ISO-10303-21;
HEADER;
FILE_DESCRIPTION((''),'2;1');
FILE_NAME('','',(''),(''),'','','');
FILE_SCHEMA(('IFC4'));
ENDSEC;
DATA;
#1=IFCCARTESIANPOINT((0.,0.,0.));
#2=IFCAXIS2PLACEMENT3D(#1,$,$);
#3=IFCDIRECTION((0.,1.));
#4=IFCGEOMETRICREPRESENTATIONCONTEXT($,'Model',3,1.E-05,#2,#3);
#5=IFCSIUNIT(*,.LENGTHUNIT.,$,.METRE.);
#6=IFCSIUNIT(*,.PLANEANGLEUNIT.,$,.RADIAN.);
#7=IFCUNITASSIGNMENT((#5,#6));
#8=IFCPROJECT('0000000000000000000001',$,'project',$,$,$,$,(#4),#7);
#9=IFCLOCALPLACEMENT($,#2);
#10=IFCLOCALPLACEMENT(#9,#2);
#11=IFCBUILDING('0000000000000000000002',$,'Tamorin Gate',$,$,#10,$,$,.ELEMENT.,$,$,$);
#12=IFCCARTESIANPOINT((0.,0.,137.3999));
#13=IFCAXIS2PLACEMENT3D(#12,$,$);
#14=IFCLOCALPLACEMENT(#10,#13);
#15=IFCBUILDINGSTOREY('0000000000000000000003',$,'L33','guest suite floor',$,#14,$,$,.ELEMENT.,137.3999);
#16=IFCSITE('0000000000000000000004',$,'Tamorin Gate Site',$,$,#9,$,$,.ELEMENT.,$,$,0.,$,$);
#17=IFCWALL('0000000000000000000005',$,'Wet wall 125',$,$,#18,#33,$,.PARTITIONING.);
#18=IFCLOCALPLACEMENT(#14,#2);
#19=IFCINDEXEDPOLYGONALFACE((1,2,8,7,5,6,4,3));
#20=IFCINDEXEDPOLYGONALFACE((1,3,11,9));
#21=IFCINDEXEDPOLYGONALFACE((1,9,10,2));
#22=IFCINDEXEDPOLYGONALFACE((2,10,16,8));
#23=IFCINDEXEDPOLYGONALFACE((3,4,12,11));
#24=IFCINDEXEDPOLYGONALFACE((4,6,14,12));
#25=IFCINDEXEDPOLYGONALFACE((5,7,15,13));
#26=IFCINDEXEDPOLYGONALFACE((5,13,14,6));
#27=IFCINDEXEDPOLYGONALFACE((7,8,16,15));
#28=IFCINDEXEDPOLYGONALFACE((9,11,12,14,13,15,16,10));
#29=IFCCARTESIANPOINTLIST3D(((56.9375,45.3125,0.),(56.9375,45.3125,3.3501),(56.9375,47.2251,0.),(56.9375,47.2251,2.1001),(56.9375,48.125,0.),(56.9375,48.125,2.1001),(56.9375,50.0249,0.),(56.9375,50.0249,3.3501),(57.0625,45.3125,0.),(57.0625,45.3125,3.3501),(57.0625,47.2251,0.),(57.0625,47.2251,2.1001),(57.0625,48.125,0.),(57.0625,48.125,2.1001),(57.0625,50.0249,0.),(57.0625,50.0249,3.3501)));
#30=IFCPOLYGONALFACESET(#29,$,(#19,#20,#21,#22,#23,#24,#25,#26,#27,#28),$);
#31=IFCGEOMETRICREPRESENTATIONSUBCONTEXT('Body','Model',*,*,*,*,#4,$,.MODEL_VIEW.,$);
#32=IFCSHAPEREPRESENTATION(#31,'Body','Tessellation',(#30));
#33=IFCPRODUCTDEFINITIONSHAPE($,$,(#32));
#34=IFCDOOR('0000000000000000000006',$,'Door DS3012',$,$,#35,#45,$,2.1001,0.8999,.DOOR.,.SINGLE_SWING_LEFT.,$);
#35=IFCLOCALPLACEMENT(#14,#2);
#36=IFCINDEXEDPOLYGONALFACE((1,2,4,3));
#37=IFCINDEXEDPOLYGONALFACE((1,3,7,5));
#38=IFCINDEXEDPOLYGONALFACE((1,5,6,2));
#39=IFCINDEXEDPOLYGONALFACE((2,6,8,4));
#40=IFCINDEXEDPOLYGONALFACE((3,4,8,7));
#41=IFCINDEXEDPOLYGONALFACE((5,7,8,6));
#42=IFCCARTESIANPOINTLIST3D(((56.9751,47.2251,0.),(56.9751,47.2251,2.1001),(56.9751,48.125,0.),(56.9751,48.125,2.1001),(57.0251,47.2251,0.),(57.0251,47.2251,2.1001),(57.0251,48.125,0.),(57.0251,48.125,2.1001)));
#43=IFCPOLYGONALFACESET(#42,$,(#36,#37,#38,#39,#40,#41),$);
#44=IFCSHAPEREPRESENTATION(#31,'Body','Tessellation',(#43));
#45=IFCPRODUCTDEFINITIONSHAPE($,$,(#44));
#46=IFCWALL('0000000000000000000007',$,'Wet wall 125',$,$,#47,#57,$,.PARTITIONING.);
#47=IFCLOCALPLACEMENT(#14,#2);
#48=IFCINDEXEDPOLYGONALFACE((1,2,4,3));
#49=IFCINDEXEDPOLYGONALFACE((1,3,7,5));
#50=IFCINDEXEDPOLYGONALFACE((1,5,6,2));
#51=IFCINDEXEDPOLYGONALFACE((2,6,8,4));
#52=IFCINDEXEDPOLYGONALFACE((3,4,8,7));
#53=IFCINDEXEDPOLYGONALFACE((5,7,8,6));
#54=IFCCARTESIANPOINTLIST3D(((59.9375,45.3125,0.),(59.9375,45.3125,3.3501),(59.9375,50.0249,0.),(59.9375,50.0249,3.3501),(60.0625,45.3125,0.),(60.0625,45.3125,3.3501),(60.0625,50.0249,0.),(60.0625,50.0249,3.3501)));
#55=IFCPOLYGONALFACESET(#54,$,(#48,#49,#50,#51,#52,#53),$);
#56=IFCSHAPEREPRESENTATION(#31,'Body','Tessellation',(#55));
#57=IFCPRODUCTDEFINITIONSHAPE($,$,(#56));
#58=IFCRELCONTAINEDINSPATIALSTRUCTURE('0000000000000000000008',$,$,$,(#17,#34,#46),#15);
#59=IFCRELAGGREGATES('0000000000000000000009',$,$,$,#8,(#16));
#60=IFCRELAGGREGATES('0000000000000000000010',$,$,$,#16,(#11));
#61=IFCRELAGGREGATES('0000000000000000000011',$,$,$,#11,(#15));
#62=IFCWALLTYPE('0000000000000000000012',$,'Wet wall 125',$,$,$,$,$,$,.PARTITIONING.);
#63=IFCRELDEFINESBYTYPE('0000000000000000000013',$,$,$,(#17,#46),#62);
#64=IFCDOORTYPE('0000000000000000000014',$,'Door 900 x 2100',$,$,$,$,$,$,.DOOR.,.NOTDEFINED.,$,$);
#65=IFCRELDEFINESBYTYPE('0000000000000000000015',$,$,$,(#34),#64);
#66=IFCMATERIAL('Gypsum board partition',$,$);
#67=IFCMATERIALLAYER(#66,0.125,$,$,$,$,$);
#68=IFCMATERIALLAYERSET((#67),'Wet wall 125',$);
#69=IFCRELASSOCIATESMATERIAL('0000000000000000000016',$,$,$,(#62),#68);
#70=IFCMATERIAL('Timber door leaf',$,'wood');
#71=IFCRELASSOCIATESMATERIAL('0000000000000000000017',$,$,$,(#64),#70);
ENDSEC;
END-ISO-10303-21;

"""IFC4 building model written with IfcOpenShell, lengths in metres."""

from ifc_helpers import new_model, si_unit, direction, frame, frame_2d, origin, place, context, subcontext, project, spatial, rectangle, extrude, material, layer, layer_set, type_object, element, fill, save


model = new_model("IFC4")

# Units and contexts
model_context = context("Model", 3, precision=1e-05, world=origin(), true_north=direction((0.0, 1.0)))
body_context = subcontext(model_context, "Body", "Model", "MODEL_VIEW")
ifc_project = project(units=[si_unit("LENGTHUNIT", "METRE"), si_unit("PLANEANGLEUNIT", "RADIAN")], contexts=[model_context])

# Site, building, storey
site_placement = place(None, origin())
site = spatial("IfcSite", under=ifc_project, at=site_placement, Name="Tamorin Gate Site", CompositionType="ELEMENT", RefElevation=0.0)
building_placement = place(site_placement, origin())
building = spatial("IfcBuilding", under=site, at=building_placement, Name="Tamorin Gate", CompositionType="ELEMENT")
storey_placement = place(building_placement, frame((0.0, 0.0, 137.3999)))
storey = spatial("IfcBuildingStorey", under=building, at=storey_placement, Name="L33", Description="guest suite floor", CompositionType="ELEMENT", Elevation=137.3999)

# Shared definitions
ifc_material_1 = material(Name="Gypsum board partition")
ifc_material_2 = material(Name="Timber door leaf", Category="wood")

# Wall, opening, door
ifc_layer_1 = layer(ifc_material_1, 0.125)
ifc_layer_set_1 = layer_set([ifc_layer_1], Name="Wet wall 125")
wall_type_1 = type_object("IfcWallType", Name="Wet wall 125", PredefinedType="PARTITIONING", material=ifc_layer_set_1)
wall_1_placement = place(storey_placement, frame((57.0, 45.3125, 0.0), z_axis=(0.0, 0.0, 1.0), x_axis=(0.0, 1.0, 0.0)))
wall_1 = element("IfcWall", 1, at=wall_1_placement, inside=storey, type_object=wall_type_1, Name="Wet wall 125", PredefinedType="PARTITIONING", context=body_context, shape_type="SweptSolid", body=[
    extrude(rectangle(XDim=4.7124, YDim=0.125, at=frame_2d((2.3562, 0.0))), origin(), (0.0, 0.0, 1.0), 3.3501),
])
opening_1_placement = place(wall_1_placement, frame((1.9126, 0.0, 0.0)))
opening_1 = element("IfcOpeningElement", 2, at=opening_1_placement, cuts=wall_1, PredefinedType="OPENING", context=body_context, shape_type="SweptSolid", body=[
    extrude(rectangle(XDim=0.8999, YDim=2.1001, at=frame_2d((0.45, 1.05))), frame((0.0, 0.0725, 0.0), z_axis=(0.0, -1.0, 0.0), x_axis=(1.0, 0.0, 0.0)), (0.0, 0.0, 1.0), 0.145),
])
door_type_1 = type_object("IfcDoorType", Name="Door 900 x 2100", OperationType="NOTDEFINED", PredefinedType="DOOR", material=ifc_material_2)
door_1_placement = place(opening_1_placement, origin())
door_1 = element("IfcDoor", 3, at=door_1_placement, inside=storey, type_object=door_type_1, Name="Door DS3012", OperationType="SINGLE_SWING_LEFT", OverallHeight=2.1001, OverallWidth=0.8999, PredefinedType="DOOR", context=body_context, shape_type="SweptSolid", body=[
    extrude(rectangle(XDim=0.8999, YDim=2.1001, at=frame_2d((0.45, 1.05))), frame((0.0, 0.0249, 0.0), z_axis=(0.0, -1.0, 0.0), x_axis=(1.0, 0.0, 0.0)), (0.0, 0.0, 1.0), 0.05),
])
fill(opening_1, door_1)

# Wall
wall_2_placement = place(storey_placement, frame((60.0, 45.3125, 0.0), z_axis=(0.0, 0.0, 1.0), x_axis=(0.0, 1.0, 0.0)))
element("IfcWall", 4, at=wall_2_placement, inside=storey, type_object=wall_type_1, Name="Wet wall 125", PredefinedType="PARTITIONING", context=body_context, shape_type="SweptSolid", body=[
    extrude(rectangle(XDim=4.7124, YDim=0.125, at=frame_2d((2.3562, 0.0))), origin(), (0.0, 0.0, 1.0), 3.3501),
])

save(model, "model.ifc")
